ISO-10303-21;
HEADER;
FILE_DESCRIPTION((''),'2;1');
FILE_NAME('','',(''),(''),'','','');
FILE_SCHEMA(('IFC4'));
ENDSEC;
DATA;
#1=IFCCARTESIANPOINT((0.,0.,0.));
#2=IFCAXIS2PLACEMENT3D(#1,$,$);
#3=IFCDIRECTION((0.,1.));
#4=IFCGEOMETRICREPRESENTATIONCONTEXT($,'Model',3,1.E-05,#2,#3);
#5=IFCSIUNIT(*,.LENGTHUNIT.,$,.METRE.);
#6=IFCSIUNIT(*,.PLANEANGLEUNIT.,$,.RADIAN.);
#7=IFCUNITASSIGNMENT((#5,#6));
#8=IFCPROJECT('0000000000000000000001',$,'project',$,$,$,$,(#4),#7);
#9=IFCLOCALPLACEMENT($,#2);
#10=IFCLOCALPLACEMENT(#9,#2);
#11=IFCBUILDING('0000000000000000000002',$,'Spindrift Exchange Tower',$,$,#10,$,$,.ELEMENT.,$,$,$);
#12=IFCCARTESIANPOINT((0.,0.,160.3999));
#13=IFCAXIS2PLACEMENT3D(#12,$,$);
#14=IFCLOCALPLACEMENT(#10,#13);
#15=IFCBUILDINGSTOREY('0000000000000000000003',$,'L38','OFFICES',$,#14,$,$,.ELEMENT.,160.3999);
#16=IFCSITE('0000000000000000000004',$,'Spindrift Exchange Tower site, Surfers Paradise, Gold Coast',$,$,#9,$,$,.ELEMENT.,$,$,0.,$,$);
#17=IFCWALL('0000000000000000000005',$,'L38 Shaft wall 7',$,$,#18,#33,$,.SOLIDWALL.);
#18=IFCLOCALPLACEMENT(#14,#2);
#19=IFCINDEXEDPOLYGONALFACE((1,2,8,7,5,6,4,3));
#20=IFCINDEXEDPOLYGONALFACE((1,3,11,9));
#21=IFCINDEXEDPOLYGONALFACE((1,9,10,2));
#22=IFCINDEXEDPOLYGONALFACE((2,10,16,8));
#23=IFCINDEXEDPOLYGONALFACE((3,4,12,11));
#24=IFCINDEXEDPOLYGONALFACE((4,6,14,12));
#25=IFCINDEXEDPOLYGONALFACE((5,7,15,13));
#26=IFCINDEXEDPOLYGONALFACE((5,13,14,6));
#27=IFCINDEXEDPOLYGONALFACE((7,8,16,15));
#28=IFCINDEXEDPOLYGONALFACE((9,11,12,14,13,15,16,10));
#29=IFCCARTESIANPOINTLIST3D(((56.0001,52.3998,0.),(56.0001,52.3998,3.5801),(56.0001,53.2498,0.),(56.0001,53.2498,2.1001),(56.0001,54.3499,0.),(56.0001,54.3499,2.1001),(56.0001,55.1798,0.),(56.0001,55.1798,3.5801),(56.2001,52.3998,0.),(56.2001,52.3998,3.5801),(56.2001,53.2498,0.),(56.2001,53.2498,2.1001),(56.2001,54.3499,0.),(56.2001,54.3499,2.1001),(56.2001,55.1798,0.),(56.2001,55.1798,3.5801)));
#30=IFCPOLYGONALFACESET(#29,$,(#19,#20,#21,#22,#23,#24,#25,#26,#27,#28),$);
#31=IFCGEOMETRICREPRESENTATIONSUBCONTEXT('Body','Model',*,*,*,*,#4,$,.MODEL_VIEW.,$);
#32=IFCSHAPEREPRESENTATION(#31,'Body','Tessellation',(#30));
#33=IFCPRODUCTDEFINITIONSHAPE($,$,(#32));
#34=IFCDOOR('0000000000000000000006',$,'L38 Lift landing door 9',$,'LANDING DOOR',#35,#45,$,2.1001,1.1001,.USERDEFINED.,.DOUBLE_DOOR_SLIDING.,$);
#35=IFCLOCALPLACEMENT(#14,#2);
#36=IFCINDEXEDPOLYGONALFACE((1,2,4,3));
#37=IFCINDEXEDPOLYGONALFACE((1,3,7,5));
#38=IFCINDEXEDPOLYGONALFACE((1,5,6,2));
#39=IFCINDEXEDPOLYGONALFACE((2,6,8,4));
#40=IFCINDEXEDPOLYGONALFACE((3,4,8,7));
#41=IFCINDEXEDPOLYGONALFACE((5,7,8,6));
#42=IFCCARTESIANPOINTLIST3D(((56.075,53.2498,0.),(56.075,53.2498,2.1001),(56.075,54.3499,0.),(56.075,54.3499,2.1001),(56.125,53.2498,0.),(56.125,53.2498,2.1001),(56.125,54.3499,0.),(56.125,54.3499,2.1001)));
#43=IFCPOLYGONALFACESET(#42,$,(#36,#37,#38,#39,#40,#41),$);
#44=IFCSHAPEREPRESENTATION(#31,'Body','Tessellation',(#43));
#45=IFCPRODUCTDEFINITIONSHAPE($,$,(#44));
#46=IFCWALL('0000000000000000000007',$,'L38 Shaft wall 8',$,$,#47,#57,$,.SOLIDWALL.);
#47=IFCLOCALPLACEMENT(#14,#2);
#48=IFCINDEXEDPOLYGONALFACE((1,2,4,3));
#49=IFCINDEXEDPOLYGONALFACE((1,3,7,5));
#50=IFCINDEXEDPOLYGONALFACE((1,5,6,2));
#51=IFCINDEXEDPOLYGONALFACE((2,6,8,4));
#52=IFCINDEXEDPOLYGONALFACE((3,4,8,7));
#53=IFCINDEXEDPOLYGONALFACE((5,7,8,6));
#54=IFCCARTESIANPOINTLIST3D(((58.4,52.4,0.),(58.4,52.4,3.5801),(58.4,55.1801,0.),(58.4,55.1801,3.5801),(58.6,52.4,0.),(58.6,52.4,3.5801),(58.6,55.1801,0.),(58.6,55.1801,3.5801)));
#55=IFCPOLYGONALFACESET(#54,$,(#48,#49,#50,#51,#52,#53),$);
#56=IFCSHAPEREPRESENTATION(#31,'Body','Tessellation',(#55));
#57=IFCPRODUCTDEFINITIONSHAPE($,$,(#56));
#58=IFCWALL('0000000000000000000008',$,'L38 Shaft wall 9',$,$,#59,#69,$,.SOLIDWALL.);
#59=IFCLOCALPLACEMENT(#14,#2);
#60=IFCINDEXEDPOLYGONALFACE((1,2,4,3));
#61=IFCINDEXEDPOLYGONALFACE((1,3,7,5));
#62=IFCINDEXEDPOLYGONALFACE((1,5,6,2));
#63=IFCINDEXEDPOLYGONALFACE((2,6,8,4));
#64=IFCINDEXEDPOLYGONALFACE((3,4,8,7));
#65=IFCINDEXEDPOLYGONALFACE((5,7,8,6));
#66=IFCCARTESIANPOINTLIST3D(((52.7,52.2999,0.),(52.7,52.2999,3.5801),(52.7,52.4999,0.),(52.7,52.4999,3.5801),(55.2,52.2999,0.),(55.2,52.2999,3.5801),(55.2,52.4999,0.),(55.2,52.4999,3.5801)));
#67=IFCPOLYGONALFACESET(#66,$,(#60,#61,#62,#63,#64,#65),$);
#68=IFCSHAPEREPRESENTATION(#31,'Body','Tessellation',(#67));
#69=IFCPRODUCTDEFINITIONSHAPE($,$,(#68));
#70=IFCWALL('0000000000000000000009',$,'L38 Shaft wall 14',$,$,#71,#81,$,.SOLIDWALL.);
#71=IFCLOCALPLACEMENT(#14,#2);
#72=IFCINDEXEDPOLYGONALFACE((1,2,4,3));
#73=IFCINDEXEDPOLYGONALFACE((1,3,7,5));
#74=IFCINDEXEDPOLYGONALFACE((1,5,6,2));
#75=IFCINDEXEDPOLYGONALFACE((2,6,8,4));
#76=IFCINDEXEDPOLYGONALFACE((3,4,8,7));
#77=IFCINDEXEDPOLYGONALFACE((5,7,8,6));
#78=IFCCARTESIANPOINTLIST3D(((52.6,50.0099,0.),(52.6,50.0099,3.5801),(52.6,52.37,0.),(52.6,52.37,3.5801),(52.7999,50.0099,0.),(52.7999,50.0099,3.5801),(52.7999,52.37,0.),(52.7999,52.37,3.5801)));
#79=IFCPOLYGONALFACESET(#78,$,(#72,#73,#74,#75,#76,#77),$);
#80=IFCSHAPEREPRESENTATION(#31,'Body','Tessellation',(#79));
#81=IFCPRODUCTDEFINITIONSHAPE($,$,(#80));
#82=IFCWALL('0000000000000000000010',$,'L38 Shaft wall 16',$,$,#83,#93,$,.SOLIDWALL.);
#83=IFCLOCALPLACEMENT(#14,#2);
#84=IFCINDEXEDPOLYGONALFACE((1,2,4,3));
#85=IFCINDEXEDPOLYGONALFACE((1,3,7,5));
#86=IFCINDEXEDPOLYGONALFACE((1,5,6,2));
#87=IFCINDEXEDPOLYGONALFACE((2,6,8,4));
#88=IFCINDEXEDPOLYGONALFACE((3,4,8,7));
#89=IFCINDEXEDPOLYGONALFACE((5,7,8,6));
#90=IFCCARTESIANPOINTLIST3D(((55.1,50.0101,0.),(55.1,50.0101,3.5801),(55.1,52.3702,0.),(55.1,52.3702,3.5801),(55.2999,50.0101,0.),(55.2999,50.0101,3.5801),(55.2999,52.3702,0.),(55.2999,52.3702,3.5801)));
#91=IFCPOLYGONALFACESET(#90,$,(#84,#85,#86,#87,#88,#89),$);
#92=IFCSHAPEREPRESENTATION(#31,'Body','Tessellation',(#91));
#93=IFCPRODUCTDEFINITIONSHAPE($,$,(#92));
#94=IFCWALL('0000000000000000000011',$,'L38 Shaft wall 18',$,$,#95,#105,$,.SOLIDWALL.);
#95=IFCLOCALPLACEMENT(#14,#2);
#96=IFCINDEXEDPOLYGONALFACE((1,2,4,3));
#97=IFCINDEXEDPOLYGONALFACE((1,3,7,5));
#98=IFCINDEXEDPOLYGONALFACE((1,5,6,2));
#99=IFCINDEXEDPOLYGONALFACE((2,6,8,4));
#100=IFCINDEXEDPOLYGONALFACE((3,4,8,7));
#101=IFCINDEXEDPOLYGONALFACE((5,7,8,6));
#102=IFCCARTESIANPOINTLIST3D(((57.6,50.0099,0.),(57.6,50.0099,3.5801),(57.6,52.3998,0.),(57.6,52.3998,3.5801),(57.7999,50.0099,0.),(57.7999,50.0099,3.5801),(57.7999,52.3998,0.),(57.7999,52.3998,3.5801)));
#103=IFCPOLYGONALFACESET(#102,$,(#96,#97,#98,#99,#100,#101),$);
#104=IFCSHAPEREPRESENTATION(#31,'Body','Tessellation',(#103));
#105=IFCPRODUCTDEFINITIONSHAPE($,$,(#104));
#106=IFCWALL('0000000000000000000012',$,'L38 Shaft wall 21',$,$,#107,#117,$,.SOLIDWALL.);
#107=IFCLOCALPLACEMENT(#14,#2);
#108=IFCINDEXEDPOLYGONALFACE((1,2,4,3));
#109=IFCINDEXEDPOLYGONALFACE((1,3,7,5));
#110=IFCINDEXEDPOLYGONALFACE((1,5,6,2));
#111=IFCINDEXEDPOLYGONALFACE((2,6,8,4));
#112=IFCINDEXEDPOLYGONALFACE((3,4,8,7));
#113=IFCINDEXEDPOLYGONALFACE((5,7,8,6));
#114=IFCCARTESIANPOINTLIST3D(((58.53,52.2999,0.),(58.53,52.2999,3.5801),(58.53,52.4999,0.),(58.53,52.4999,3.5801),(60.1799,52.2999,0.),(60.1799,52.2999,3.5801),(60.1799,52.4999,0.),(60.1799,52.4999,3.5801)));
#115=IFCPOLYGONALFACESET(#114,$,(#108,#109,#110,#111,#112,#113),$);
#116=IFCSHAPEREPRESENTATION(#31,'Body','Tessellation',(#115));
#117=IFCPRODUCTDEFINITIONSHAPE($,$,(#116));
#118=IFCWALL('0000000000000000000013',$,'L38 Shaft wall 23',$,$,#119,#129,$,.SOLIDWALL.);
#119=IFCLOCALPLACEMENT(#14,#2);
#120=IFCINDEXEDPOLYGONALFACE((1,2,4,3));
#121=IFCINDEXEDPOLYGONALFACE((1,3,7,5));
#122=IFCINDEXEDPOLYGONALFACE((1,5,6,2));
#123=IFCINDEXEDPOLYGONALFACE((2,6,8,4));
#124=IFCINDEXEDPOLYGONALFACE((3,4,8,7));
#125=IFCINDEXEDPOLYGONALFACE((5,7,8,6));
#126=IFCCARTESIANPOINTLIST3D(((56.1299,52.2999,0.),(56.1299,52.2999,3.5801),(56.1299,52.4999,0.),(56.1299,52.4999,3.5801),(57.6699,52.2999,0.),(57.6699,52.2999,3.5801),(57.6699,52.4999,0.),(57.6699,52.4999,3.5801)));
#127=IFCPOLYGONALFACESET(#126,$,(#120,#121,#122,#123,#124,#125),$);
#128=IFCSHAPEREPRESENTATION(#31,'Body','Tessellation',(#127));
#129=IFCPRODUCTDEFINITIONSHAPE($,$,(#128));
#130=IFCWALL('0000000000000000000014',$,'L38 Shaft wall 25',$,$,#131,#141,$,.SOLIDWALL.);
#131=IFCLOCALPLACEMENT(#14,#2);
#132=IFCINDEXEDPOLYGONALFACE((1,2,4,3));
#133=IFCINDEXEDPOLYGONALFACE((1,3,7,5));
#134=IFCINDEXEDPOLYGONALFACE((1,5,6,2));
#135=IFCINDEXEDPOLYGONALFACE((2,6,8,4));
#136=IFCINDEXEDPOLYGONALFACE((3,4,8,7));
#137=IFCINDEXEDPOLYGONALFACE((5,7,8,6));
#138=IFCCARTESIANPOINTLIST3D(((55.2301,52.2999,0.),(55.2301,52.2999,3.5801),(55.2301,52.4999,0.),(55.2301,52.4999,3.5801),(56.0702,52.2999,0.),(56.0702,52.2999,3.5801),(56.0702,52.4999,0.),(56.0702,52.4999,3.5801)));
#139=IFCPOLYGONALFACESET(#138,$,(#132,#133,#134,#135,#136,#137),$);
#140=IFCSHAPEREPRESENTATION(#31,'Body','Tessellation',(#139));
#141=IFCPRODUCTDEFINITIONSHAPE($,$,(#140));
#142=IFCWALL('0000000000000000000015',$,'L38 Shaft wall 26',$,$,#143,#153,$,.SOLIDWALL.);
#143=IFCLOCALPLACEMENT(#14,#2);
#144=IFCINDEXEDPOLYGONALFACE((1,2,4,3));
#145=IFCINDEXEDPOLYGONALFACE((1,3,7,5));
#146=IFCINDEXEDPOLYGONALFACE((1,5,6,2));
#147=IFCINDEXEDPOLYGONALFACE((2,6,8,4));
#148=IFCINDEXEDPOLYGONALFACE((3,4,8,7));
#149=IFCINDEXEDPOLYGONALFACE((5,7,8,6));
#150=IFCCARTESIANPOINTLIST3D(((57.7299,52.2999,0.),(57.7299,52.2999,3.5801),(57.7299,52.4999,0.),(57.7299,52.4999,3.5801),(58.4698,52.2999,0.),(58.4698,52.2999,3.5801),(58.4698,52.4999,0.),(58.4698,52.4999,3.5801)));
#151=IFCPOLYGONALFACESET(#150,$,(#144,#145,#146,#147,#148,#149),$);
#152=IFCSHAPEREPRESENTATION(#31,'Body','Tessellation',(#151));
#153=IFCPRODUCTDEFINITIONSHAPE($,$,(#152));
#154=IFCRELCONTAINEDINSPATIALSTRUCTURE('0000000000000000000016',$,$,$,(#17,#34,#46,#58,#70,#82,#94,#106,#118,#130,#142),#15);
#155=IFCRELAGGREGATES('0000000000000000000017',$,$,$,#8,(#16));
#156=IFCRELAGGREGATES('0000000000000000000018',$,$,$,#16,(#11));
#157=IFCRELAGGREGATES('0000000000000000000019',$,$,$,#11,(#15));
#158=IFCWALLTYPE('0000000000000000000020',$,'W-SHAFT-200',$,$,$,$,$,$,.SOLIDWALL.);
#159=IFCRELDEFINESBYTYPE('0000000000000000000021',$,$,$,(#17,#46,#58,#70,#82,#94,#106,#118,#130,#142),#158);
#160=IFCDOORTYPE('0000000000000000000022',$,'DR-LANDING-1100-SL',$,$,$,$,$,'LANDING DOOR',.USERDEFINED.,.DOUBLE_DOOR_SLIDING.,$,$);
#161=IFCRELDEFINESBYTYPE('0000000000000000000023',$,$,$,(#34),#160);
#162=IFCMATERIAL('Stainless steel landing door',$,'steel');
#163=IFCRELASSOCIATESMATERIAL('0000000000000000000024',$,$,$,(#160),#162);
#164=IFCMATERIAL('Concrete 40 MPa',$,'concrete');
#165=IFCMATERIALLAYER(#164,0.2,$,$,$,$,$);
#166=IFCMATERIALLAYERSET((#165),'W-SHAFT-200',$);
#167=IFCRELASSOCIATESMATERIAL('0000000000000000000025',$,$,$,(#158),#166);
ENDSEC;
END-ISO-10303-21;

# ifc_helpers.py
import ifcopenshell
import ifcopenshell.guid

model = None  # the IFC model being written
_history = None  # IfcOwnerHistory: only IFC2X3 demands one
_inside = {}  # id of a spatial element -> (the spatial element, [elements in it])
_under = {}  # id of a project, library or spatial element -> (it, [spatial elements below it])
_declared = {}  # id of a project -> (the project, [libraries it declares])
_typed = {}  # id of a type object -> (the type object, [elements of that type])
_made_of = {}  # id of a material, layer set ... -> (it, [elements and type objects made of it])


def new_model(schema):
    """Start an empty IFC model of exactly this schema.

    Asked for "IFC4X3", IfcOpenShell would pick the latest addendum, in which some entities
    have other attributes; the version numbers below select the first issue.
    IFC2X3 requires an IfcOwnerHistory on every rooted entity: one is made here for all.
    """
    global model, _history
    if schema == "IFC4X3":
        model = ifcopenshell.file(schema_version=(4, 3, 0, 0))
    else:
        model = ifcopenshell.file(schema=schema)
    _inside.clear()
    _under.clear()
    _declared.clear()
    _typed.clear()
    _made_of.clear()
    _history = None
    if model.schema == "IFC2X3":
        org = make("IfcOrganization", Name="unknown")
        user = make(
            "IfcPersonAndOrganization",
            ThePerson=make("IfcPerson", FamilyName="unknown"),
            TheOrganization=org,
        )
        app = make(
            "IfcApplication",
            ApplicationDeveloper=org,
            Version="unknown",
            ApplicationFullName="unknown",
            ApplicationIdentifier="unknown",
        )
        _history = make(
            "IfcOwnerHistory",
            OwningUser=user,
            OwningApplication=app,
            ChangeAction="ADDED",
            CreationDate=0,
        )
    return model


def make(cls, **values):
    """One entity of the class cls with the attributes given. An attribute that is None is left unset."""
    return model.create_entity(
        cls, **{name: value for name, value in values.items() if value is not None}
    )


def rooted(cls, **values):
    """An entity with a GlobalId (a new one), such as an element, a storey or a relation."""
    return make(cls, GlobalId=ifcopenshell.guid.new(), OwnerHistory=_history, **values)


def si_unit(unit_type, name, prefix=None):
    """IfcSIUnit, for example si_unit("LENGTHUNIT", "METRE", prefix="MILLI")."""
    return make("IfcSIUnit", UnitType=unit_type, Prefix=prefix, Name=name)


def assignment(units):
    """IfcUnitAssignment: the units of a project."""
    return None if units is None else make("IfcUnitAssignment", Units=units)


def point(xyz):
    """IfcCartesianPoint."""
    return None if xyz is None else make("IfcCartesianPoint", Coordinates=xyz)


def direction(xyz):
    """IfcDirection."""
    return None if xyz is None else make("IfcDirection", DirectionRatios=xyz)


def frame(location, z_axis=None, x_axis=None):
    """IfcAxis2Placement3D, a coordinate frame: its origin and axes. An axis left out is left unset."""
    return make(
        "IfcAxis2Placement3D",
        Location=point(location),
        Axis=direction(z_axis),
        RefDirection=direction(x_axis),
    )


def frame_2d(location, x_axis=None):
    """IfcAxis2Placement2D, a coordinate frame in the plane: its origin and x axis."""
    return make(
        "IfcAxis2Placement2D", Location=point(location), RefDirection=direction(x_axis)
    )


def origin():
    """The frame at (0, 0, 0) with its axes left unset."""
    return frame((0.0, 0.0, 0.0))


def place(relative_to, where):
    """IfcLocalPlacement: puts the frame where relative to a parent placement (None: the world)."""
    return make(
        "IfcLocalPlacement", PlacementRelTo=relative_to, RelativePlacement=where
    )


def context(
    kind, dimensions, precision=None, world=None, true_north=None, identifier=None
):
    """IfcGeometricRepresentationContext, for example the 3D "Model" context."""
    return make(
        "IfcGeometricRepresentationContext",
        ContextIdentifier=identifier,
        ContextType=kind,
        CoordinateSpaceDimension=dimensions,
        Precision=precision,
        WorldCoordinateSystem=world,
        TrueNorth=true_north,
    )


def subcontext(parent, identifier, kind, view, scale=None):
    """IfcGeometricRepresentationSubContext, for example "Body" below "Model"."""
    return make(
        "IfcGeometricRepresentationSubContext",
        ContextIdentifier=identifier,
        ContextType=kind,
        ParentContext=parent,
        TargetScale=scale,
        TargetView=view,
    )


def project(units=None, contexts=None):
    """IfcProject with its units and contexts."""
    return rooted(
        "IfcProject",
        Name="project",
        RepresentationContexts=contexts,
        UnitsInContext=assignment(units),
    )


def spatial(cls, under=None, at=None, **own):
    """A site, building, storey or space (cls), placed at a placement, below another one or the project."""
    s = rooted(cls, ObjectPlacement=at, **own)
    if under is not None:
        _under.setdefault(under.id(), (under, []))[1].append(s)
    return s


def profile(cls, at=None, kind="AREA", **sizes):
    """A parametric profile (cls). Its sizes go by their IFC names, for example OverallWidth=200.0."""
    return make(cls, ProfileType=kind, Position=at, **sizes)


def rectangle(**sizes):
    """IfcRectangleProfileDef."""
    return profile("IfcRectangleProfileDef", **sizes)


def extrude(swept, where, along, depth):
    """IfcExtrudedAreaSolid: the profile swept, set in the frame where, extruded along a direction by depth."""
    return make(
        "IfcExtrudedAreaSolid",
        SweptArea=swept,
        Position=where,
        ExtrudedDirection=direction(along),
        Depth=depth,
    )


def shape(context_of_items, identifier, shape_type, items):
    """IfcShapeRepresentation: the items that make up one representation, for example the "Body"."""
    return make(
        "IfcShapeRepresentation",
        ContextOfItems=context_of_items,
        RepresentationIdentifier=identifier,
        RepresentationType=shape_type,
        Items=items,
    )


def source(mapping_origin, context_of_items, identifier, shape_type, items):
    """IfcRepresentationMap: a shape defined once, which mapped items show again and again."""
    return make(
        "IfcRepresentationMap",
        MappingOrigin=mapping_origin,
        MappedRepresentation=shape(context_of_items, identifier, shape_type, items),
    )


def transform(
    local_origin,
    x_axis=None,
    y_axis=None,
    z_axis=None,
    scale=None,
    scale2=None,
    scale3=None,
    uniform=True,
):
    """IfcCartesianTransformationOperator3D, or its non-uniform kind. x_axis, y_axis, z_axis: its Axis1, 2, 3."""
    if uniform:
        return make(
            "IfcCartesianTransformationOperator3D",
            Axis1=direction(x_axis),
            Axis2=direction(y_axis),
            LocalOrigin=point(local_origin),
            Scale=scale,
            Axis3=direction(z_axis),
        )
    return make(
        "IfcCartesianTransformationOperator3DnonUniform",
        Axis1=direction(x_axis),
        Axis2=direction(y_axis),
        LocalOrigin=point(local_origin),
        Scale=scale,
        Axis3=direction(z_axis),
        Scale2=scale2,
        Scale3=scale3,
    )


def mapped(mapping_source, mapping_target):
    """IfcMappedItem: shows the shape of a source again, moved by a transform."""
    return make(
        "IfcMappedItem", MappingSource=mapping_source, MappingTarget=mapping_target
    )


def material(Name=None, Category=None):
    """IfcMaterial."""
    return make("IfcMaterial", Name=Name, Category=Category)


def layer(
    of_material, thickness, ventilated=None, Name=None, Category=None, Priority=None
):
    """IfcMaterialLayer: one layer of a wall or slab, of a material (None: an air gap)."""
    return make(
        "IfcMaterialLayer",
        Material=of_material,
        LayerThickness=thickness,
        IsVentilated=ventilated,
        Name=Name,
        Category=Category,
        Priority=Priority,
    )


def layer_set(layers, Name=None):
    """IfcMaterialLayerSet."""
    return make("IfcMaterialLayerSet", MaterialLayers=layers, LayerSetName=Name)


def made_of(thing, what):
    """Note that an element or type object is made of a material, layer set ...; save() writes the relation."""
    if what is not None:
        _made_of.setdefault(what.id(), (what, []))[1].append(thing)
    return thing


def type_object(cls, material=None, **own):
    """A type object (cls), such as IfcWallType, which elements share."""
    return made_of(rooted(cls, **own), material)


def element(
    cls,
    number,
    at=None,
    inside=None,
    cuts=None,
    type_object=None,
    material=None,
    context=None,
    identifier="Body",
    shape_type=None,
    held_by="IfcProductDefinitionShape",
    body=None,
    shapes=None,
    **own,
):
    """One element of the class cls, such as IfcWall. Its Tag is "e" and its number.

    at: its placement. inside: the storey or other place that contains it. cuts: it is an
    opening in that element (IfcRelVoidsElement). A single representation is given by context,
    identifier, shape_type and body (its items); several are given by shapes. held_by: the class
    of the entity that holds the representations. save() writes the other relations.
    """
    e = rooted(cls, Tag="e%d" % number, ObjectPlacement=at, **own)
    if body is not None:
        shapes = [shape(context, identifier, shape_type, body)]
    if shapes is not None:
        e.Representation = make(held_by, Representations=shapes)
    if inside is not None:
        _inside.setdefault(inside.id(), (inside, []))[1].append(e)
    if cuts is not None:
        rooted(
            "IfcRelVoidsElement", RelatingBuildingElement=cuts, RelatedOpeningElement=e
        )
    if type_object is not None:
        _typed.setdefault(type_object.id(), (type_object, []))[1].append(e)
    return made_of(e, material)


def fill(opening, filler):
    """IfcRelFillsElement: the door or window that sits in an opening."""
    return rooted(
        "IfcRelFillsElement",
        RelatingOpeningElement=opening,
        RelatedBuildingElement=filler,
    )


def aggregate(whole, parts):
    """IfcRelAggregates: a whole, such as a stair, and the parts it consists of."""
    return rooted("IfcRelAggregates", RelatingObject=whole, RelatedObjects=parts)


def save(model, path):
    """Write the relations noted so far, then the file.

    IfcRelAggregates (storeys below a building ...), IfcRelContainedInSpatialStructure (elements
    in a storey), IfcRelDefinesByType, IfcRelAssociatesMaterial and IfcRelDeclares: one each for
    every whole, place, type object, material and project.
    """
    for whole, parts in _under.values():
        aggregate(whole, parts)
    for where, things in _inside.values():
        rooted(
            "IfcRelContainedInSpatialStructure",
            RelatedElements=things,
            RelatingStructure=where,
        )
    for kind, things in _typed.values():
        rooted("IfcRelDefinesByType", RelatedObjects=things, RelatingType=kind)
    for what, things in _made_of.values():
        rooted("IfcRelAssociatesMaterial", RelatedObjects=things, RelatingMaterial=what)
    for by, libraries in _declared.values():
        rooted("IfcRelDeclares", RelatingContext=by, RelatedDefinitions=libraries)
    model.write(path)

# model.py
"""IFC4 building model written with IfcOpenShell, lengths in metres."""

from ifc_helpers import new_model, si_unit, direction, frame, frame_2d, origin, place, context, subcontext, project, spatial, rectangle, extrude, source, transform, mapped, material, layer, layer_set, type_object, element, fill, save


model = new_model("IFC4")

# Units and contexts
model_context = context("Model", 3, precision=1e-05, world=origin(), true_north=direction((0.0, 1.0)))
body_context = subcontext(model_context, "Body", "Model", "MODEL_VIEW")
ifc_project = project(units=[si_unit("LENGTHUNIT", "METRE"), si_unit("PLANEANGLEUNIT", "RADIAN")], contexts=[model_context])

# Site, building, storey
site_placement = place(None, origin())
site = spatial("IfcSite", under=ifc_project, at=site_placement, Name="Spindrift Exchange Tower site, Surfers Paradise, Gold Coast", CompositionType="ELEMENT", RefElevation=0.0)
building_placement = place(site_placement, origin())
building = spatial("IfcBuilding", under=site, at=building_placement, Name="Spindrift Exchange Tower", CompositionType="ELEMENT")
storey_placement = place(building_placement, frame((0.0, 0.0, 160.3999)))
storey = spatial("IfcBuildingStorey", under=building, at=storey_placement, Name="L38", Description="OFFICES", CompositionType="ELEMENT", Elevation=160.3999)

# Shared definitions
ifc_material_1 = material(Name="Stainless steel landing door", Category="steel")
door_type_1 = type_object("IfcDoorType", Name="DR-LANDING-1100-SL", ElementType="LANDING DOOR", OperationType="DOUBLE_DOOR_SLIDING", PredefinedType="USERDEFINED", material=ifc_material_1)
shared_shape_1 = source(origin(), body_context, "Body", "SweptSolid", [
    extrude(rectangle(XDim=1.1001, YDim=2.1001, at=frame_2d((0.55, 1.05))), frame((0.0, 0.0249, 0.0), z_axis=(0.0, -1.0, 0.0), x_axis=(1.0, 0.0, 0.0)), (0.0, 0.0, 1.0), 0.05),
])

# Wall, opening, door
ifc_material_2 = material(Name="Concrete 40 MPa", Category="concrete")
ifc_layer_1 = layer(ifc_material_2, 0.2)
ifc_layer_set_1 = layer_set([ifc_layer_1], Name="W-SHAFT-200")
wall_type_1 = type_object("IfcWallType", Name="W-SHAFT-200", PredefinedType="SOLIDWALL", material=ifc_layer_set_1)
wall_1_placement = place(storey_placement, frame((56.1001, 55.1799, 0.0), z_axis=(0.0, 0.0, 1.0), x_axis=(0.0, -1.0, 0.0)))
wall_1 = element("IfcWall", 1, at=wall_1_placement, inside=storey, type_object=wall_type_1, Name="L38 Shaft wall 7", PredefinedType="SOLIDWALL", context=body_context, shape_type="SweptSolid", body=[
    extrude(rectangle(XDim=2.78, YDim=0.2, at=frame_2d((1.3901, 0.0))), origin(), (0.0, 0.0, 1.0), 3.5801),
])
opening_1_placement = place(wall_1_placement, frame((0.8301, 0.0, 0.0)))
opening_1 = element("IfcOpeningElement", 2, at=opening_1_placement, cuts=wall_1, PredefinedType="OPENING", context=body_context, shape_type="SweptSolid", body=[
    extrude(rectangle(XDim=1.1001, YDim=2.1001, at=frame_2d((0.55, 1.05))), frame((0.0, 0.1099, 0.0), z_axis=(0.0, -1.0, 0.0), x_axis=(1.0, 0.0, 0.0)), (0.0, 0.0, 1.0), 0.22),
])
door_1_placement = place(opening_1_placement, origin())
door_1 = element("IfcDoor", 3, at=door_1_placement, inside=storey, type_object=door_type_1, Name="L38 Lift landing door 9", ObjectType="LANDING DOOR", OperationType="DOUBLE_DOOR_SLIDING", OverallHeight=2.1001, OverallWidth=1.1001, PredefinedType="USERDEFINED", context=body_context, shape_type="MappedRepresentation", body=[
    mapped(shared_shape_1, transform((0.0, 0.0, 0.0), scale=1.0)),
])
fill(opening_1, door_1)

# Walls
wall_2_placement = place(storey_placement, frame((58.5, 52.3999, 0.0), z_axis=(0.0, 0.0, 1.0), x_axis=(0.0, 1.0, 0.0)))
element("IfcWall", 4, at=wall_2_placement, inside=storey, type_object=wall_type_1, Name="L38 Shaft wall 8", PredefinedType="SOLIDWALL", context=body_context, shape_type="SweptSolid", body=[
    extrude(rectangle(XDim=2.78, YDim=0.2, at=frame_2d((1.3901, 0.0))), origin(), (0.0, 0.0, 1.0), 3.5801),
])
wall_3_placement = place(storey_placement, frame((55.2, 52.3999, 0.0), z_axis=(0.0, 0.0, 1.0), x_axis=(-1.0, 0.0, 0.0)))
element("IfcWall", 5, at=wall_3_placement, inside=storey, type_object=wall_type_1, Name="L38 Shaft wall 9", PredefinedType="SOLIDWALL", context=body_context, shape_type="SweptSolid", body=[
    extrude(rectangle(XDim=2.5, YDim=0.2, at=frame_2d((1.25, 0.0))), origin(), (0.0, 0.0, 1.0), 3.5801),
])
for number, where, z_axis, x_axis, name in (
    (6, (52.7, 52.3701, 0.0), (0.0, 0.0, 1.0), (0.0, -1.0, 0.0), "L38 Shaft wall 14"),
    (7, (55.2, 50.01, 0.0), (0.0, 0.0, 1.0), (0.0, 1.0, 0.0), "L38 Shaft wall 16"),
):
    element("IfcWall", number, at=place(storey_placement, frame(where, z_axis=z_axis, x_axis=x_axis)), inside=storey, type_object=wall_type_1, Name=name, PredefinedType="SOLIDWALL", context=body_context, shape_type="SweptSolid", body=[
        extrude(rectangle(XDim=2.3601, YDim=0.2, at=frame_2d((1.1802, 0.0))), origin(), (0.0, 0.0, 1.0), 3.5801),
    ])
wall_4_placement = place(storey_placement, frame((57.7, 50.01, 0.0), z_axis=(0.0, 0.0, 1.0), x_axis=(0.0, 1.0, 0.0)))
element("IfcWall", 8, at=wall_4_placement, inside=storey, type_object=wall_type_1, Name="L38 Shaft wall 18", PredefinedType="SOLIDWALL", context=body_context, shape_type="SweptSolid", body=[
    extrude(rectangle(XDim=2.3899, YDim=0.2, at=frame_2d((1.1948, 0.0))), origin(), (0.0, 0.0, 1.0), 3.5801),
])
wall_5_placement = place(storey_placement, frame((60.1799, 52.3999, 0.0), z_axis=(0.0, 0.0, 1.0), x_axis=(-1.0, 0.0, 0.0)))
element("IfcWall", 9, at=wall_5_placement, inside=storey, type_object=wall_type_1, Name="L38 Shaft wall 21", PredefinedType="SOLIDWALL", context=body_context, shape_type="SweptSolid", body=[
    extrude(rectangle(XDim=1.6499, YDim=0.2, at=frame_2d((0.825, 0.0))), origin(), (0.0, 0.0, 1.0), 3.5801),
])
wall_6_placement = place(storey_placement, frame((57.6699, 52.3999, 0.0), z_axis=(0.0, 0.0, 1.0), x_axis=(-1.0, 0.0, 0.0)))
element("IfcWall", 10, at=wall_6_placement, inside=storey, type_object=wall_type_1, Name="L38 Shaft wall 23", PredefinedType="SOLIDWALL", context=body_context, shape_type="SweptSolid", body=[
    extrude(rectangle(XDim=1.54, YDim=0.2, at=frame_2d((0.77, 0.0))), origin(), (0.0, 0.0, 1.0), 3.5801),
])
wall_7_placement = place(storey_placement, frame((56.0701, 52.3999, 0.0), z_axis=(0.0, 0.0, 1.0), x_axis=(-1.0, 0.0, 0.0)))
element("IfcWall", 11, at=wall_7_placement, inside=storey, type_object=wall_type_1, Name="L38 Shaft wall 25", PredefinedType="SOLIDWALL", context=body_context, shape_type="SweptSolid", body=[
    extrude(rectangle(XDim=0.8401, YDim=0.2, at=frame_2d((0.4199, 0.0))), origin(), (0.0, 0.0, 1.0), 3.5801),
])
wall_8_placement = place(storey_placement, frame((58.47, 52.3999, 0.0), z_axis=(0.0, 0.0, 1.0), x_axis=(-1.0, 0.0, 0.0)))
element("IfcWall", 12, at=wall_8_placement, inside=storey, type_object=wall_type_1, Name="L38 Shaft wall 26", PredefinedType="SOLIDWALL", context=body_context, shape_type="SweptSolid", body=[
    extrude(rectangle(XDim=0.74, YDim=0.2, at=frame_2d((0.3701, 0.0))), origin(), (0.0, 0.0, 1.0), 3.5801),
])

save(model, "model.ifc")
